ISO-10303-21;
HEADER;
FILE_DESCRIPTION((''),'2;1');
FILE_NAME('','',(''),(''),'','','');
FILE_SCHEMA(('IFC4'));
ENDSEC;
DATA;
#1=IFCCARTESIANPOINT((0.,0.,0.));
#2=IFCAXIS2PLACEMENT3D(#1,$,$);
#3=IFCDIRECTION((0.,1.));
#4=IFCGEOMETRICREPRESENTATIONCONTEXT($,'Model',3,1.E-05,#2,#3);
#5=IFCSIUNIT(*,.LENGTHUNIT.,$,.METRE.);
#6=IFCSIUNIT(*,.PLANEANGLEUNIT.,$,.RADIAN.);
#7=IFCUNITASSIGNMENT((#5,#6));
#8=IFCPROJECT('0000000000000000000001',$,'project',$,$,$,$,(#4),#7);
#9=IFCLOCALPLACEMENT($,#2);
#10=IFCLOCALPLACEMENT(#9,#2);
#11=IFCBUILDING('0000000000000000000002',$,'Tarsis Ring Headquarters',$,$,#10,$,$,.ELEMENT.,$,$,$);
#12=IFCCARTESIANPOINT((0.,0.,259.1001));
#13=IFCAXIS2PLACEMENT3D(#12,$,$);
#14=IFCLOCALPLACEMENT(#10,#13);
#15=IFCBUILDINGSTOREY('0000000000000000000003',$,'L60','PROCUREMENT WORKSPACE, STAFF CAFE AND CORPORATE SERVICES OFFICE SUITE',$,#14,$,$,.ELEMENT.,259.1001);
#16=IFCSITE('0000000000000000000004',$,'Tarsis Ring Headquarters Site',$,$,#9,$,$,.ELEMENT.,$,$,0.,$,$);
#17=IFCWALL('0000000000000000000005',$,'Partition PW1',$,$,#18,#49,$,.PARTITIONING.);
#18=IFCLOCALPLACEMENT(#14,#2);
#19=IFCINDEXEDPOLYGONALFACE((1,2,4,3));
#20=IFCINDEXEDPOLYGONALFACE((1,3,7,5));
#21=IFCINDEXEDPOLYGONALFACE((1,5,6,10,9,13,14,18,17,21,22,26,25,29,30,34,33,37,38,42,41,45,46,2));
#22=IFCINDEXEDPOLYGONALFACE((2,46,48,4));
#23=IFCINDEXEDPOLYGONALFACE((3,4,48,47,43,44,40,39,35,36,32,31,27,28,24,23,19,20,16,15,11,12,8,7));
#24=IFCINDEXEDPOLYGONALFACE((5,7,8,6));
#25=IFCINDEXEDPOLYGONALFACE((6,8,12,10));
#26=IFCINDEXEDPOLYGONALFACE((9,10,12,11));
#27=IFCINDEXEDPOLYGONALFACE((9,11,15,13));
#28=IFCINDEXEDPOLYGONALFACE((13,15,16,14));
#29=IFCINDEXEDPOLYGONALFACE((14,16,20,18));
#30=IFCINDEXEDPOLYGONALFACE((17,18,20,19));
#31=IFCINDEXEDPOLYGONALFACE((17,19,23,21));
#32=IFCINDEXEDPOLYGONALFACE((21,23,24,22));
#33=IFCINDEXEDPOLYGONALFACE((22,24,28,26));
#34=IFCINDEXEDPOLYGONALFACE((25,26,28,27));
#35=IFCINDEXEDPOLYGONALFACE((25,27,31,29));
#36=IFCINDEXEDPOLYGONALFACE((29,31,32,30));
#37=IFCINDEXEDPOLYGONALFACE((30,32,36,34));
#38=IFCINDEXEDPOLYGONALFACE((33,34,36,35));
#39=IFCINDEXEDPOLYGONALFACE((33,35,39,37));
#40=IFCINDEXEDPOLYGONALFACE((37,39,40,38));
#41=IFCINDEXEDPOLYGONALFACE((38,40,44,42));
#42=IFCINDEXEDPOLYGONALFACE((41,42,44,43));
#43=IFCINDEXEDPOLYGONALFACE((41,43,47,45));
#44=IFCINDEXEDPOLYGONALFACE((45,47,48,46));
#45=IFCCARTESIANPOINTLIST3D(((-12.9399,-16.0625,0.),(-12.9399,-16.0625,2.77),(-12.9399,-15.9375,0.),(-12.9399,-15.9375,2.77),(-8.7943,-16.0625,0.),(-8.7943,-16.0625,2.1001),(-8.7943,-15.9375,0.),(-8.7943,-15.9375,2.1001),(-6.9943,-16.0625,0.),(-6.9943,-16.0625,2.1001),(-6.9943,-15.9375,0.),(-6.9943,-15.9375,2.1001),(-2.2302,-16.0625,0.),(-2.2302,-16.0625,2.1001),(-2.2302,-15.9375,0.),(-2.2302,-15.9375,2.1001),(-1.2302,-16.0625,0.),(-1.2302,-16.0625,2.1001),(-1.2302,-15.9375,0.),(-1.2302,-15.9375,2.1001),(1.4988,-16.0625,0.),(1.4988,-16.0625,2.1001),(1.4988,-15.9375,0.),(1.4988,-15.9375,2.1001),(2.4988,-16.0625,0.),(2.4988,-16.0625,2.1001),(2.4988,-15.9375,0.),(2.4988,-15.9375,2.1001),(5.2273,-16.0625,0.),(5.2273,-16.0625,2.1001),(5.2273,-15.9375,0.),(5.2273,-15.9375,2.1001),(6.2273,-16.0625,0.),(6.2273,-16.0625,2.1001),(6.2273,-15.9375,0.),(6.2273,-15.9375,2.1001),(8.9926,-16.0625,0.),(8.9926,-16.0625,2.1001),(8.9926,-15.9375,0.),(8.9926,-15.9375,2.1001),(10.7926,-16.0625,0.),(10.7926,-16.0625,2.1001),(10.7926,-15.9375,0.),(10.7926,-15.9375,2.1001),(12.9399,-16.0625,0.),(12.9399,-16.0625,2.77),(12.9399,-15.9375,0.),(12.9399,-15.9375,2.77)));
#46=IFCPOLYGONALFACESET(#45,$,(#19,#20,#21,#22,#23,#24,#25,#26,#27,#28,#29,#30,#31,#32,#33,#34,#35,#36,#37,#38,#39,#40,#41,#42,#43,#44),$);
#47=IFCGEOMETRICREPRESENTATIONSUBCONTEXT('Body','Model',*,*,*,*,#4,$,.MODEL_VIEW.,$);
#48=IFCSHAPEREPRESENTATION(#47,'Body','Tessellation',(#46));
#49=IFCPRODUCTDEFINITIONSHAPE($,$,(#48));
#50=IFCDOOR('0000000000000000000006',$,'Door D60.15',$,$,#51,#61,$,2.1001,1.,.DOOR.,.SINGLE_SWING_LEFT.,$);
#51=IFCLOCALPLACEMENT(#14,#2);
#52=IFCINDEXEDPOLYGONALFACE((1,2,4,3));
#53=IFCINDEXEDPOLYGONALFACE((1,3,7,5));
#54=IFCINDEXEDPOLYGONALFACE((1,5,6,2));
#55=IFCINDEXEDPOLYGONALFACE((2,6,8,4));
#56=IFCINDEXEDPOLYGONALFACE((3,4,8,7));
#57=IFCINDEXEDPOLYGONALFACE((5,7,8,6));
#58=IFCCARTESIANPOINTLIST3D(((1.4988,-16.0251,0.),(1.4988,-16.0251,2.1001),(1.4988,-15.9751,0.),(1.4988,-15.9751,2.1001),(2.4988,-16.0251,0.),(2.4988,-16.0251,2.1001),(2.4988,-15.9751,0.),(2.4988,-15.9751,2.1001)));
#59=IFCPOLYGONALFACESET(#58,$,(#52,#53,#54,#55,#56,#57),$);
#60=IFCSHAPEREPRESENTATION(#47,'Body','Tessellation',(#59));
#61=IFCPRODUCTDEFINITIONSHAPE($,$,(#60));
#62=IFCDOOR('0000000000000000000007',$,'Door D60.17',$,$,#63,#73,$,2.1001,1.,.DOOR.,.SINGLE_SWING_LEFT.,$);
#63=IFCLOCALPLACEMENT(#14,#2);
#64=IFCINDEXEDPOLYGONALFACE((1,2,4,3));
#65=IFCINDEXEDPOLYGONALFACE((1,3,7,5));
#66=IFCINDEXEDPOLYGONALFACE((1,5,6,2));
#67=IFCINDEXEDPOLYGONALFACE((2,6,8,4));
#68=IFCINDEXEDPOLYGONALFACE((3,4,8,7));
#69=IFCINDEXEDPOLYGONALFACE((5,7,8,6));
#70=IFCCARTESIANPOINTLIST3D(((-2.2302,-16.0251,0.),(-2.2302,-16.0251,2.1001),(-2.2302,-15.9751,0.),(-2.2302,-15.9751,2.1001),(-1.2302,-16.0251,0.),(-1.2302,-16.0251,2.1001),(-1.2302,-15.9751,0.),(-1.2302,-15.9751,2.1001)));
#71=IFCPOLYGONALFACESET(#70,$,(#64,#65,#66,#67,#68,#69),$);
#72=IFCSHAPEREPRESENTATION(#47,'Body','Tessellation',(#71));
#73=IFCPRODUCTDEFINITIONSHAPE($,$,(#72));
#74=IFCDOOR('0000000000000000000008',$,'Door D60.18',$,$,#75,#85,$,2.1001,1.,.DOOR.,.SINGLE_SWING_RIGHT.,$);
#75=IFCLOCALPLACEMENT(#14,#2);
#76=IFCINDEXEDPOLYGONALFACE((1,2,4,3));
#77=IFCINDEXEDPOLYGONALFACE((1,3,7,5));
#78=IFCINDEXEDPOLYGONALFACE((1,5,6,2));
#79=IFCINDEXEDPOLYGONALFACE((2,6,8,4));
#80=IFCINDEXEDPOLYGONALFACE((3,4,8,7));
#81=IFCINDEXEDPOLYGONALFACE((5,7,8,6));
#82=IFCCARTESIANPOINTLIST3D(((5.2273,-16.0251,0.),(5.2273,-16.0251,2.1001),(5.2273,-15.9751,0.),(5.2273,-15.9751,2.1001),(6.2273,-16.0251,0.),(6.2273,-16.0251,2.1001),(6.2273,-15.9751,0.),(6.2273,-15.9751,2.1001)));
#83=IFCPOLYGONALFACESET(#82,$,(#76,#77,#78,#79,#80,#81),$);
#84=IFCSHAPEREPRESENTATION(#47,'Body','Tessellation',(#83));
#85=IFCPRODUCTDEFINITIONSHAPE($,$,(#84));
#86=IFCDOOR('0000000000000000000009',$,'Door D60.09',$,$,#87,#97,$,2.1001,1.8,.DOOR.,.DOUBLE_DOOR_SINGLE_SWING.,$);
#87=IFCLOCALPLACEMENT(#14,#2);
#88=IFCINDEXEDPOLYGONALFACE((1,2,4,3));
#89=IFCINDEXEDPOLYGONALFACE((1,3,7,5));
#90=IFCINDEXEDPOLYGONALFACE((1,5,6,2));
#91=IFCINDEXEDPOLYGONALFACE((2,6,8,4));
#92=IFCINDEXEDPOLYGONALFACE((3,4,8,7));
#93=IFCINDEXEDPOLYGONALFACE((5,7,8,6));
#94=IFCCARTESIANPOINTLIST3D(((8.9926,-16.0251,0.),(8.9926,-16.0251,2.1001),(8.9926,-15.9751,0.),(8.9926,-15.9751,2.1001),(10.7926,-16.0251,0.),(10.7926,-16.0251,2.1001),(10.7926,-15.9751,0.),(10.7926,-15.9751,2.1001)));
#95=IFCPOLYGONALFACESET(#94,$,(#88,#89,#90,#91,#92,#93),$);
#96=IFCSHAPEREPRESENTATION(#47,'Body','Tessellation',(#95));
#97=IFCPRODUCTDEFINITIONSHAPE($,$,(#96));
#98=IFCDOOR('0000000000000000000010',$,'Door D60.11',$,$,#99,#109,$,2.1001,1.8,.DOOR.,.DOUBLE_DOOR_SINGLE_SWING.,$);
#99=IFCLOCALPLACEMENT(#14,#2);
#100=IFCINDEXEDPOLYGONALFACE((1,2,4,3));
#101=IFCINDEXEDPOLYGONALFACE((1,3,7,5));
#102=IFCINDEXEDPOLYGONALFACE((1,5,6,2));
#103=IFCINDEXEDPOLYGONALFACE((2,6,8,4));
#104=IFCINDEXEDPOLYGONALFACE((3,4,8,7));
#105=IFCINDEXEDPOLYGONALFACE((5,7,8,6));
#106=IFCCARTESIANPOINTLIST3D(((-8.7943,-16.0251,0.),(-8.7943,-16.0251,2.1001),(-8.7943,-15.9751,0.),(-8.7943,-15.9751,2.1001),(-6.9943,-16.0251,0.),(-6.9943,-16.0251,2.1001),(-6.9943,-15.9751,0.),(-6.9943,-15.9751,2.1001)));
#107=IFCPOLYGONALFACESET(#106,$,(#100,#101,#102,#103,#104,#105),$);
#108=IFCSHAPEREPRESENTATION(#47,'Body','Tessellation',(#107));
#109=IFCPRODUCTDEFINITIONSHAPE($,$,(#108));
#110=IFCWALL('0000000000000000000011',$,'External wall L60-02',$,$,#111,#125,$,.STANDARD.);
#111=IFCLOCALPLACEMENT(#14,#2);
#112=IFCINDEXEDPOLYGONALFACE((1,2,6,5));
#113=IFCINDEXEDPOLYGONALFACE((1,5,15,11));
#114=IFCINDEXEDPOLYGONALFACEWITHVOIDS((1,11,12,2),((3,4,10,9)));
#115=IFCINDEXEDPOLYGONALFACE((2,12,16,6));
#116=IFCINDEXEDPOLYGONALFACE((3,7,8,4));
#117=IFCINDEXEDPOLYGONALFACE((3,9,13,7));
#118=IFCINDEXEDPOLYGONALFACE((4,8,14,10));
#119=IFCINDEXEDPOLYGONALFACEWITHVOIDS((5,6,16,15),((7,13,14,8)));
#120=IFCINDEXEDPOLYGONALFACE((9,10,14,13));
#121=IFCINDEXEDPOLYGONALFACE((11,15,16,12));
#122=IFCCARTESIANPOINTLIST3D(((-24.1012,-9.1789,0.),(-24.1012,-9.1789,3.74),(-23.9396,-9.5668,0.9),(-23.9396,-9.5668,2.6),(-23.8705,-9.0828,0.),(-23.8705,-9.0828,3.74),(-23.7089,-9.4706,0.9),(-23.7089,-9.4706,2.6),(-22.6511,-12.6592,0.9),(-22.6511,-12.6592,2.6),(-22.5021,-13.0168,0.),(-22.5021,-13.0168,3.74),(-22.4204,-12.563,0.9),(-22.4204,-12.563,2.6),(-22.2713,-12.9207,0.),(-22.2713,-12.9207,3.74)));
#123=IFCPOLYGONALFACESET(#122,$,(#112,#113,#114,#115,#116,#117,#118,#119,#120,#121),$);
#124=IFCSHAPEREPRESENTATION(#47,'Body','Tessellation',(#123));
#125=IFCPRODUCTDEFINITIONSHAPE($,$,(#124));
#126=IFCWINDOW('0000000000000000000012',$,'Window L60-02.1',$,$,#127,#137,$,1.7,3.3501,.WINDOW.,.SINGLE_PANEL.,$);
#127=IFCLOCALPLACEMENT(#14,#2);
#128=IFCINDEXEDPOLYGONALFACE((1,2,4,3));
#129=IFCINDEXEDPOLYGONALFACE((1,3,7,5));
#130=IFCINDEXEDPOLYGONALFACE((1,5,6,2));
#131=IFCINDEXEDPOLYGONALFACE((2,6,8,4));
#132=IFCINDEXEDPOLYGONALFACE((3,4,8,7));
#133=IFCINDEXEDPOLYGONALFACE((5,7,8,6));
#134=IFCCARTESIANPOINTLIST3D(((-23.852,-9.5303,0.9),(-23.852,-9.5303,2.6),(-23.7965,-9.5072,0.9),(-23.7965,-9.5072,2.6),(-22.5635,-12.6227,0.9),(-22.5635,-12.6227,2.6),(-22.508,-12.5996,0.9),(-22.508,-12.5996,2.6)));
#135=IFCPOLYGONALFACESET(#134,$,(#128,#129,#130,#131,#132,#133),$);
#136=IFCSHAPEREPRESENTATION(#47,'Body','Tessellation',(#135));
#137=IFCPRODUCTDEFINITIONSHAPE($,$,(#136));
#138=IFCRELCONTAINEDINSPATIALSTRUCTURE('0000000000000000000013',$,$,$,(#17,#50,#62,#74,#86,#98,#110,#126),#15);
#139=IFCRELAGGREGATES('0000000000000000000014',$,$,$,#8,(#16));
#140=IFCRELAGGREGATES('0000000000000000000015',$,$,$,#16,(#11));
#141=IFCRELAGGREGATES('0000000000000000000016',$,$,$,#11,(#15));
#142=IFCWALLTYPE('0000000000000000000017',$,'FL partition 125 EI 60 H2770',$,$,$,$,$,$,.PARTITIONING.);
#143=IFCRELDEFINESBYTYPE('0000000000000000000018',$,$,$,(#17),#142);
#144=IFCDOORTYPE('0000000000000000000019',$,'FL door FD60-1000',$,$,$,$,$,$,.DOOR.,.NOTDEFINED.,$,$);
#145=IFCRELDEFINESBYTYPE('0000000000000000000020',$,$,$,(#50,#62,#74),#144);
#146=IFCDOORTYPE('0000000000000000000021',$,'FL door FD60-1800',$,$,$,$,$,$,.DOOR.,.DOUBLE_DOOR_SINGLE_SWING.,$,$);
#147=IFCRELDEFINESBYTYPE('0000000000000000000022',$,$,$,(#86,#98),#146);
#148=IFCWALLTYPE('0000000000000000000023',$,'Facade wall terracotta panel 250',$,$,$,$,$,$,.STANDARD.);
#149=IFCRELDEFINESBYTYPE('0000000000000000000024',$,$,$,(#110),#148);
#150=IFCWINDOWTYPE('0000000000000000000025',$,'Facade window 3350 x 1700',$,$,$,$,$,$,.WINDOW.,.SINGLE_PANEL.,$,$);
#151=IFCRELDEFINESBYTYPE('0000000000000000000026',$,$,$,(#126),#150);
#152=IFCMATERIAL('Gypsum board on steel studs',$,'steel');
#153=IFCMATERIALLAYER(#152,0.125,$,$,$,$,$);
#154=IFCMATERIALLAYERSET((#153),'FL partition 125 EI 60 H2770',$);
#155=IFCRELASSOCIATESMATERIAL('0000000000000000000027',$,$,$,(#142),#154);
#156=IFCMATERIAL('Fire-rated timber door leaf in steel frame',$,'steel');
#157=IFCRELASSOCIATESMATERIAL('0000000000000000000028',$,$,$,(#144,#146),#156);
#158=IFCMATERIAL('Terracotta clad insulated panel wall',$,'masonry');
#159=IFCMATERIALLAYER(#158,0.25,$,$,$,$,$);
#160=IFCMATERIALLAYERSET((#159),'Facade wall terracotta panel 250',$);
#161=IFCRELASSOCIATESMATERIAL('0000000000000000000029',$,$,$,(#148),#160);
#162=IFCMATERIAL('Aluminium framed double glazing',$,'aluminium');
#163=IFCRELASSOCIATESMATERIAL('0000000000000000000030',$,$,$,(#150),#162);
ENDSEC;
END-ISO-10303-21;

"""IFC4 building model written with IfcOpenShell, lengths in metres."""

from ifc_helpers import new_model, si_unit, direction, frame, frame_2d, origin, place, context, subcontext, project, spatial, rectangle, extrude, material, layer, layer_set, type_object, element, fill, save


model = new_model("IFC4")

# Units and contexts
model_context = context("Model", 3, precision=1e-05, world=origin(), true_north=direction((0.0, 1.0)))
body_context = subcontext(model_context, "Body", "Model", "MODEL_VIEW")
ifc_project = project(units=[si_unit("LENGTHUNIT", "METRE"), si_unit("PLANEANGLEUNIT", "RADIAN")], contexts=[model_context])

# Site, building, storey
site_placement = place(None, origin())
site = spatial("IfcSite", under=ifc_project, at=site_placement, Name="Tarsis Ring Headquarters Site", CompositionType="ELEMENT", RefElevation=0.0)
building_placement = place(site_placement, origin())
building = spatial("IfcBuilding", under=site, at=building_placement, Name="Tarsis Ring Headquarters", CompositionType="ELEMENT")
storey_placement = place(building_placement, frame((0.0, 0.0, 259.1001)))
storey = spatial("IfcBuildingStorey", under=building, at=storey_placement, Name="L60", Description="PROCUREMENT WORKSPACE, STAFF CAFE AND CORPORATE SERVICES OFFICE SUITE", CompositionType="ELEMENT", Elevation=259.1001)

# Wall, openings, doors
ifc_material_1 = material(Name="Gypsum board on steel studs", Category="steel")
ifc_layer_1 = layer(ifc_material_1, 0.125)
ifc_layer_set_1 = layer_set([ifc_layer_1], Name="FL partition 125 EI 60 H2770")
wall_type_1 = type_object("IfcWallType", Name="FL partition 125 EI 60 H2770", PredefinedType="PARTITIONING", material=ifc_layer_set_1)
ifc_material_2 = material(Name="Fire-rated timber door leaf in steel frame", Category="steel")
door_type_1 = type_object("IfcDoorType", Name="FL door FD60-1000", OperationType="NOTDEFINED", PredefinedType="DOOR", material=ifc_material_2)
door_type_2 = type_object("IfcDoorType", Name="FL door FD60-1800", OperationType="DOUBLE_DOOR_SINGLE_SWING", PredefinedType="DOOR", material=ifc_material_2)
wall_1_placement = place(storey_placement, frame((-12.9399, -16.0, 0.0), z_axis=(0.0, 0.0, 1.0), x_axis=(1.0, 0.0, 0.0)))
wall_1 = element("IfcWall", 1, at=wall_1_placement, inside=storey, type_object=wall_type_1, Name="Partition PW1", PredefinedType="PARTITIONING", context=body_context, shape_type="SweptSolid", body=[
    extrude(rectangle(XDim=25.8799, YDim=0.125, at=frame_2d((12.9399, 0.0))), origin(), (0.0, 0.0, 1.0), 2.77),
])
opening_1_placement = place(wall_1_placement, frame((21.9326, 0.0, 0.0)))
opening_1 = element("IfcOpeningElement", 2, at=opening_1_placement, cuts=wall_1, PredefinedType="OPENING", context=body_context, shape_type="SweptSolid", body=[
    extrude(rectangle(XDim=1.8, YDim=2.1001, at=frame_2d((0.8999, 1.05))), frame((0.0, 0.0725, 0.0), z_axis=(0.0, -1.0, 0.0), x_axis=(1.0, 0.0, 0.0)), (0.0, 0.0, 1.0), 0.145),
])
opening_2_placement = place(wall_1_placement, frame((4.1458, 0.0, 0.0)))
opening_2 = element("IfcOpeningElement", 3, at=opening_2_placement, cuts=wall_1, PredefinedType="OPENING", context=body_context, shape_type="SweptSolid", body=[
    extrude(rectangle(XDim=1.8, YDim=2.1001, at=frame_2d((0.8999, 1.05))), frame((0.0, 0.0725, 0.0), z_axis=(0.0, -1.0, 0.0), x_axis=(1.0, 0.0, 0.0)), (0.0, 0.0, 1.0), 0.145),
])
opening_3_placement = place(wall_1_placement, frame((14.4387, 0.0, 0.0)))
opening_3 = element("IfcOpeningElement", 4, at=opening_3_placement, cuts=wall_1, PredefinedType="OPENING", context=body_context, shape_type="SweptSolid", body=[
    extrude(rectangle(XDim=1.0, YDim=2.1001, at=frame_2d((0.5, 1.05))), frame((0.0, 0.0725, 0.0), z_axis=(0.0, -1.0, 0.0), x_axis=(1.0, 0.0, 0.0)), (0.0, 0.0, 1.0), 0.145),
])
opening_4_placement = place(wall_1_placement, frame((10.7097, 0.0, 0.0)))
opening_4 = element("IfcOpeningElement", 5, at=opening_4_placement, cuts=wall_1, PredefinedType="OPENING", context=body_context, shape_type="SweptSolid", body=[
    extrude(rectangle(XDim=1.0, YDim=2.1001, at=frame_2d((0.5, 1.05))), frame((0.0, 0.0725, 0.0), z_axis=(0.0, -1.0, 0.0), x_axis=(1.0, 0.0, 0.0)), (0.0, 0.0, 1.0), 0.145),
])
opening_5_placement = place(wall_1_placement, frame((18.1672, 0.0, 0.0)))
opening_5 = element("IfcOpeningElement", 6, at=opening_5_placement, cuts=wall_1, PredefinedType="OPENING", context=body_context, shape_type="SweptSolid", body=[
    extrude(rectangle(XDim=1.0, YDim=2.1001, at=frame_2d((0.5, 1.05))), frame((0.0, 0.0725, 0.0), z_axis=(0.0, -1.0, 0.0), x_axis=(1.0, 0.0, 0.0)), (0.0, 0.0, 1.0), 0.145),
])
door_1_placement = place(opening_3_placement, origin())
door_1 = element("IfcDoor", 7, at=door_1_placement, inside=storey, type_object=door_type_1, Name="Door D60.15", OperationType="SINGLE_SWING_LEFT", OverallHeight=2.1001, OverallWidth=1.0, PredefinedType="DOOR", context=body_context, shape_type="SweptSolid", body=[
    extrude(rectangle(XDim=1.0, YDim=2.1001, at=frame_2d((0.5, 1.05))), frame((0.0, 0.0249, 0.0), z_axis=(0.0, -1.0, 0.0), x_axis=(1.0, 0.0, 0.0)), (0.0, 0.0, 1.0), 0.05),
])
fill(opening_3, door_1)
door_2_placement = place(opening_4_placement, origin())
door_2 = element("IfcDoor", 8, at=door_2_placement, inside=storey, type_object=door_type_1, Name="Door D60.17", OperationType="SINGLE_SWING_LEFT", OverallHeight=2.1001, OverallWidth=1.0, PredefinedType="DOOR", context=body_context, shape_type="SweptSolid", body=[
    extrude(rectangle(XDim=1.0, YDim=2.1001, at=frame_2d((0.5, 1.05))), frame((0.0, 0.0249, 0.0), z_axis=(0.0, -1.0, 0.0), x_axis=(1.0, 0.0, 0.0)), (0.0, 0.0, 1.0), 0.05),
])
fill(opening_4, door_2)
door_3_placement = place(opening_5_placement, origin())
door_3 = element("IfcDoor", 9, at=door_3_placement, inside=storey, type_object=door_type_1, Name="Door D60.18", OperationType="SINGLE_SWING_RIGHT", OverallHeight=2.1001, OverallWidth=1.0, PredefinedType="DOOR", context=body_context, shape_type="SweptSolid", body=[
    extrude(rectangle(XDim=1.0, YDim=2.1001, at=frame_2d((0.5, 1.05))), frame((0.0, 0.0249, 0.0), z_axis=(0.0, -1.0, 0.0), x_axis=(1.0, 0.0, 0.0)), (0.0, 0.0, 1.0), 0.05),
])
fill(opening_5, door_3)
door_4_placement = place(opening_1_placement, origin())
door_4 = element("IfcDoor", 10, at=door_4_placement, inside=storey, type_object=door_type_2, Name="Door D60.09", OperationType="DOUBLE_DOOR_SINGLE_SWING", OverallHeight=2.1001, OverallWidth=1.8, PredefinedType="DOOR", context=body_context, shape_type="SweptSolid", body=[
    extrude(rectangle(XDim=1.8, YDim=2.1001, at=frame_2d((0.8999, 1.05))), frame((0.0, 0.0249, 0.0), z_axis=(0.0, -1.0, 0.0), x_axis=(1.0, 0.0, 0.0)), (0.0, 0.0, 1.0), 0.05),
])
fill(opening_1, door_4)
door_5_placement = place(opening_2_placement, origin())
door_5 = element("IfcDoor", 11, at=door_5_placement, inside=storey, type_object=door_type_2, Name="Door D60.11", OperationType="DOUBLE_DOOR_SINGLE_SWING", OverallHeight=2.1001, OverallWidth=1.8, PredefinedType="DOOR", context=body_context, shape_type="SweptSolid", body=[
    extrude(rectangle(XDim=1.8, YDim=2.1001, at=frame_2d((0.8999, 1.05))), frame((0.0, 0.0249, 0.0), z_axis=(0.0, -1.0, 0.0), x_axis=(1.0, 0.0, 0.0)), (0.0, 0.0, 1.0), 0.05),
])
fill(opening_2, door_5)

# Wall, opening, window
ifc_material_3 = material(Name="Terracotta clad insulated panel wall", Category="masonry")
ifc_layer_2 = layer(ifc_material_3, 0.25)
ifc_layer_set_2 = layer_set([ifc_layer_2], Name="Facade wall terracotta panel 250")
wall_type_2 = type_object("IfcWallType", Name="Facade wall terracotta panel 250", PredefinedType="STANDARD", material=ifc_layer_set_2)
wall_2_placement = place(storey_placement, frame((-23.9858, -9.1309, 0.0), z_axis=(0.0, 0.0, 1.0), x_axis=(0.384615, -0.923077, 0.0)))
wall_2 = element("IfcWall", 12, at=wall_2_placement, inside=storey, type_object=wall_type_2, Name="External wall L60-02", PredefinedType="STANDARD", context=body_context, shape_type="SweptSolid", body=[
    extrude(rectangle(XDim=4.1577, YDim=0.25, at=frame_2d((2.0789, 0.0))), origin(), (0.0, 0.0, 1.0), 3.74),
])
opening_6_placement = place(wall_2_placement, frame((0.4202, 0.0, 0.8999)))
opening_6 = element("IfcOpeningElement", 13, at=opening_6_placement, cuts=wall_2, PredefinedType="OPENING", context=body_context, shape_type="SweptSolid", body=[
    extrude(rectangle(XDim=3.3501, YDim=1.7, at=frame_2d((1.675, 0.8501))), frame((0.0, 0.135, 0.0), z_axis=(0.0, -1.0, 0.0), x_axis=(1.0, 0.0, 0.0)), (0.0, 0.0, 1.0), 0.27),
])
ifc_material_4 = material(Name="Aluminium framed double glazing", Category="aluminium")
window_type_1 = type_object("IfcWindowType", Name="Facade window 3350 x 1700", PartitioningType="SINGLE_PANEL", PredefinedType="WINDOW", material=ifc_material_4)
window_1_placement = place(opening_6_placement, origin())
window_1 = element("IfcWindow", 14, at=window_1_placement, inside=storey, type_object=window_type_1, Name="Window L60-02.1", OverallHeight=1.7, OverallWidth=3.3501, PartitioningType="SINGLE_PANEL", PredefinedType="WINDOW", context=body_context, shape_type="SweptSolid", body=[
    extrude(rectangle(XDim=3.3501, YDim=1.7, at=frame_2d((1.675, 0.8501))), frame((0.0, 0.03, 0.0), z_axis=(0.0, -1.0, 0.0), x_axis=(1.0, 0.0, 0.0)), (0.0, 0.0, 1.0), 0.0601),
])
fill(opening_6, window_1)

save(model, "model.ifc")
